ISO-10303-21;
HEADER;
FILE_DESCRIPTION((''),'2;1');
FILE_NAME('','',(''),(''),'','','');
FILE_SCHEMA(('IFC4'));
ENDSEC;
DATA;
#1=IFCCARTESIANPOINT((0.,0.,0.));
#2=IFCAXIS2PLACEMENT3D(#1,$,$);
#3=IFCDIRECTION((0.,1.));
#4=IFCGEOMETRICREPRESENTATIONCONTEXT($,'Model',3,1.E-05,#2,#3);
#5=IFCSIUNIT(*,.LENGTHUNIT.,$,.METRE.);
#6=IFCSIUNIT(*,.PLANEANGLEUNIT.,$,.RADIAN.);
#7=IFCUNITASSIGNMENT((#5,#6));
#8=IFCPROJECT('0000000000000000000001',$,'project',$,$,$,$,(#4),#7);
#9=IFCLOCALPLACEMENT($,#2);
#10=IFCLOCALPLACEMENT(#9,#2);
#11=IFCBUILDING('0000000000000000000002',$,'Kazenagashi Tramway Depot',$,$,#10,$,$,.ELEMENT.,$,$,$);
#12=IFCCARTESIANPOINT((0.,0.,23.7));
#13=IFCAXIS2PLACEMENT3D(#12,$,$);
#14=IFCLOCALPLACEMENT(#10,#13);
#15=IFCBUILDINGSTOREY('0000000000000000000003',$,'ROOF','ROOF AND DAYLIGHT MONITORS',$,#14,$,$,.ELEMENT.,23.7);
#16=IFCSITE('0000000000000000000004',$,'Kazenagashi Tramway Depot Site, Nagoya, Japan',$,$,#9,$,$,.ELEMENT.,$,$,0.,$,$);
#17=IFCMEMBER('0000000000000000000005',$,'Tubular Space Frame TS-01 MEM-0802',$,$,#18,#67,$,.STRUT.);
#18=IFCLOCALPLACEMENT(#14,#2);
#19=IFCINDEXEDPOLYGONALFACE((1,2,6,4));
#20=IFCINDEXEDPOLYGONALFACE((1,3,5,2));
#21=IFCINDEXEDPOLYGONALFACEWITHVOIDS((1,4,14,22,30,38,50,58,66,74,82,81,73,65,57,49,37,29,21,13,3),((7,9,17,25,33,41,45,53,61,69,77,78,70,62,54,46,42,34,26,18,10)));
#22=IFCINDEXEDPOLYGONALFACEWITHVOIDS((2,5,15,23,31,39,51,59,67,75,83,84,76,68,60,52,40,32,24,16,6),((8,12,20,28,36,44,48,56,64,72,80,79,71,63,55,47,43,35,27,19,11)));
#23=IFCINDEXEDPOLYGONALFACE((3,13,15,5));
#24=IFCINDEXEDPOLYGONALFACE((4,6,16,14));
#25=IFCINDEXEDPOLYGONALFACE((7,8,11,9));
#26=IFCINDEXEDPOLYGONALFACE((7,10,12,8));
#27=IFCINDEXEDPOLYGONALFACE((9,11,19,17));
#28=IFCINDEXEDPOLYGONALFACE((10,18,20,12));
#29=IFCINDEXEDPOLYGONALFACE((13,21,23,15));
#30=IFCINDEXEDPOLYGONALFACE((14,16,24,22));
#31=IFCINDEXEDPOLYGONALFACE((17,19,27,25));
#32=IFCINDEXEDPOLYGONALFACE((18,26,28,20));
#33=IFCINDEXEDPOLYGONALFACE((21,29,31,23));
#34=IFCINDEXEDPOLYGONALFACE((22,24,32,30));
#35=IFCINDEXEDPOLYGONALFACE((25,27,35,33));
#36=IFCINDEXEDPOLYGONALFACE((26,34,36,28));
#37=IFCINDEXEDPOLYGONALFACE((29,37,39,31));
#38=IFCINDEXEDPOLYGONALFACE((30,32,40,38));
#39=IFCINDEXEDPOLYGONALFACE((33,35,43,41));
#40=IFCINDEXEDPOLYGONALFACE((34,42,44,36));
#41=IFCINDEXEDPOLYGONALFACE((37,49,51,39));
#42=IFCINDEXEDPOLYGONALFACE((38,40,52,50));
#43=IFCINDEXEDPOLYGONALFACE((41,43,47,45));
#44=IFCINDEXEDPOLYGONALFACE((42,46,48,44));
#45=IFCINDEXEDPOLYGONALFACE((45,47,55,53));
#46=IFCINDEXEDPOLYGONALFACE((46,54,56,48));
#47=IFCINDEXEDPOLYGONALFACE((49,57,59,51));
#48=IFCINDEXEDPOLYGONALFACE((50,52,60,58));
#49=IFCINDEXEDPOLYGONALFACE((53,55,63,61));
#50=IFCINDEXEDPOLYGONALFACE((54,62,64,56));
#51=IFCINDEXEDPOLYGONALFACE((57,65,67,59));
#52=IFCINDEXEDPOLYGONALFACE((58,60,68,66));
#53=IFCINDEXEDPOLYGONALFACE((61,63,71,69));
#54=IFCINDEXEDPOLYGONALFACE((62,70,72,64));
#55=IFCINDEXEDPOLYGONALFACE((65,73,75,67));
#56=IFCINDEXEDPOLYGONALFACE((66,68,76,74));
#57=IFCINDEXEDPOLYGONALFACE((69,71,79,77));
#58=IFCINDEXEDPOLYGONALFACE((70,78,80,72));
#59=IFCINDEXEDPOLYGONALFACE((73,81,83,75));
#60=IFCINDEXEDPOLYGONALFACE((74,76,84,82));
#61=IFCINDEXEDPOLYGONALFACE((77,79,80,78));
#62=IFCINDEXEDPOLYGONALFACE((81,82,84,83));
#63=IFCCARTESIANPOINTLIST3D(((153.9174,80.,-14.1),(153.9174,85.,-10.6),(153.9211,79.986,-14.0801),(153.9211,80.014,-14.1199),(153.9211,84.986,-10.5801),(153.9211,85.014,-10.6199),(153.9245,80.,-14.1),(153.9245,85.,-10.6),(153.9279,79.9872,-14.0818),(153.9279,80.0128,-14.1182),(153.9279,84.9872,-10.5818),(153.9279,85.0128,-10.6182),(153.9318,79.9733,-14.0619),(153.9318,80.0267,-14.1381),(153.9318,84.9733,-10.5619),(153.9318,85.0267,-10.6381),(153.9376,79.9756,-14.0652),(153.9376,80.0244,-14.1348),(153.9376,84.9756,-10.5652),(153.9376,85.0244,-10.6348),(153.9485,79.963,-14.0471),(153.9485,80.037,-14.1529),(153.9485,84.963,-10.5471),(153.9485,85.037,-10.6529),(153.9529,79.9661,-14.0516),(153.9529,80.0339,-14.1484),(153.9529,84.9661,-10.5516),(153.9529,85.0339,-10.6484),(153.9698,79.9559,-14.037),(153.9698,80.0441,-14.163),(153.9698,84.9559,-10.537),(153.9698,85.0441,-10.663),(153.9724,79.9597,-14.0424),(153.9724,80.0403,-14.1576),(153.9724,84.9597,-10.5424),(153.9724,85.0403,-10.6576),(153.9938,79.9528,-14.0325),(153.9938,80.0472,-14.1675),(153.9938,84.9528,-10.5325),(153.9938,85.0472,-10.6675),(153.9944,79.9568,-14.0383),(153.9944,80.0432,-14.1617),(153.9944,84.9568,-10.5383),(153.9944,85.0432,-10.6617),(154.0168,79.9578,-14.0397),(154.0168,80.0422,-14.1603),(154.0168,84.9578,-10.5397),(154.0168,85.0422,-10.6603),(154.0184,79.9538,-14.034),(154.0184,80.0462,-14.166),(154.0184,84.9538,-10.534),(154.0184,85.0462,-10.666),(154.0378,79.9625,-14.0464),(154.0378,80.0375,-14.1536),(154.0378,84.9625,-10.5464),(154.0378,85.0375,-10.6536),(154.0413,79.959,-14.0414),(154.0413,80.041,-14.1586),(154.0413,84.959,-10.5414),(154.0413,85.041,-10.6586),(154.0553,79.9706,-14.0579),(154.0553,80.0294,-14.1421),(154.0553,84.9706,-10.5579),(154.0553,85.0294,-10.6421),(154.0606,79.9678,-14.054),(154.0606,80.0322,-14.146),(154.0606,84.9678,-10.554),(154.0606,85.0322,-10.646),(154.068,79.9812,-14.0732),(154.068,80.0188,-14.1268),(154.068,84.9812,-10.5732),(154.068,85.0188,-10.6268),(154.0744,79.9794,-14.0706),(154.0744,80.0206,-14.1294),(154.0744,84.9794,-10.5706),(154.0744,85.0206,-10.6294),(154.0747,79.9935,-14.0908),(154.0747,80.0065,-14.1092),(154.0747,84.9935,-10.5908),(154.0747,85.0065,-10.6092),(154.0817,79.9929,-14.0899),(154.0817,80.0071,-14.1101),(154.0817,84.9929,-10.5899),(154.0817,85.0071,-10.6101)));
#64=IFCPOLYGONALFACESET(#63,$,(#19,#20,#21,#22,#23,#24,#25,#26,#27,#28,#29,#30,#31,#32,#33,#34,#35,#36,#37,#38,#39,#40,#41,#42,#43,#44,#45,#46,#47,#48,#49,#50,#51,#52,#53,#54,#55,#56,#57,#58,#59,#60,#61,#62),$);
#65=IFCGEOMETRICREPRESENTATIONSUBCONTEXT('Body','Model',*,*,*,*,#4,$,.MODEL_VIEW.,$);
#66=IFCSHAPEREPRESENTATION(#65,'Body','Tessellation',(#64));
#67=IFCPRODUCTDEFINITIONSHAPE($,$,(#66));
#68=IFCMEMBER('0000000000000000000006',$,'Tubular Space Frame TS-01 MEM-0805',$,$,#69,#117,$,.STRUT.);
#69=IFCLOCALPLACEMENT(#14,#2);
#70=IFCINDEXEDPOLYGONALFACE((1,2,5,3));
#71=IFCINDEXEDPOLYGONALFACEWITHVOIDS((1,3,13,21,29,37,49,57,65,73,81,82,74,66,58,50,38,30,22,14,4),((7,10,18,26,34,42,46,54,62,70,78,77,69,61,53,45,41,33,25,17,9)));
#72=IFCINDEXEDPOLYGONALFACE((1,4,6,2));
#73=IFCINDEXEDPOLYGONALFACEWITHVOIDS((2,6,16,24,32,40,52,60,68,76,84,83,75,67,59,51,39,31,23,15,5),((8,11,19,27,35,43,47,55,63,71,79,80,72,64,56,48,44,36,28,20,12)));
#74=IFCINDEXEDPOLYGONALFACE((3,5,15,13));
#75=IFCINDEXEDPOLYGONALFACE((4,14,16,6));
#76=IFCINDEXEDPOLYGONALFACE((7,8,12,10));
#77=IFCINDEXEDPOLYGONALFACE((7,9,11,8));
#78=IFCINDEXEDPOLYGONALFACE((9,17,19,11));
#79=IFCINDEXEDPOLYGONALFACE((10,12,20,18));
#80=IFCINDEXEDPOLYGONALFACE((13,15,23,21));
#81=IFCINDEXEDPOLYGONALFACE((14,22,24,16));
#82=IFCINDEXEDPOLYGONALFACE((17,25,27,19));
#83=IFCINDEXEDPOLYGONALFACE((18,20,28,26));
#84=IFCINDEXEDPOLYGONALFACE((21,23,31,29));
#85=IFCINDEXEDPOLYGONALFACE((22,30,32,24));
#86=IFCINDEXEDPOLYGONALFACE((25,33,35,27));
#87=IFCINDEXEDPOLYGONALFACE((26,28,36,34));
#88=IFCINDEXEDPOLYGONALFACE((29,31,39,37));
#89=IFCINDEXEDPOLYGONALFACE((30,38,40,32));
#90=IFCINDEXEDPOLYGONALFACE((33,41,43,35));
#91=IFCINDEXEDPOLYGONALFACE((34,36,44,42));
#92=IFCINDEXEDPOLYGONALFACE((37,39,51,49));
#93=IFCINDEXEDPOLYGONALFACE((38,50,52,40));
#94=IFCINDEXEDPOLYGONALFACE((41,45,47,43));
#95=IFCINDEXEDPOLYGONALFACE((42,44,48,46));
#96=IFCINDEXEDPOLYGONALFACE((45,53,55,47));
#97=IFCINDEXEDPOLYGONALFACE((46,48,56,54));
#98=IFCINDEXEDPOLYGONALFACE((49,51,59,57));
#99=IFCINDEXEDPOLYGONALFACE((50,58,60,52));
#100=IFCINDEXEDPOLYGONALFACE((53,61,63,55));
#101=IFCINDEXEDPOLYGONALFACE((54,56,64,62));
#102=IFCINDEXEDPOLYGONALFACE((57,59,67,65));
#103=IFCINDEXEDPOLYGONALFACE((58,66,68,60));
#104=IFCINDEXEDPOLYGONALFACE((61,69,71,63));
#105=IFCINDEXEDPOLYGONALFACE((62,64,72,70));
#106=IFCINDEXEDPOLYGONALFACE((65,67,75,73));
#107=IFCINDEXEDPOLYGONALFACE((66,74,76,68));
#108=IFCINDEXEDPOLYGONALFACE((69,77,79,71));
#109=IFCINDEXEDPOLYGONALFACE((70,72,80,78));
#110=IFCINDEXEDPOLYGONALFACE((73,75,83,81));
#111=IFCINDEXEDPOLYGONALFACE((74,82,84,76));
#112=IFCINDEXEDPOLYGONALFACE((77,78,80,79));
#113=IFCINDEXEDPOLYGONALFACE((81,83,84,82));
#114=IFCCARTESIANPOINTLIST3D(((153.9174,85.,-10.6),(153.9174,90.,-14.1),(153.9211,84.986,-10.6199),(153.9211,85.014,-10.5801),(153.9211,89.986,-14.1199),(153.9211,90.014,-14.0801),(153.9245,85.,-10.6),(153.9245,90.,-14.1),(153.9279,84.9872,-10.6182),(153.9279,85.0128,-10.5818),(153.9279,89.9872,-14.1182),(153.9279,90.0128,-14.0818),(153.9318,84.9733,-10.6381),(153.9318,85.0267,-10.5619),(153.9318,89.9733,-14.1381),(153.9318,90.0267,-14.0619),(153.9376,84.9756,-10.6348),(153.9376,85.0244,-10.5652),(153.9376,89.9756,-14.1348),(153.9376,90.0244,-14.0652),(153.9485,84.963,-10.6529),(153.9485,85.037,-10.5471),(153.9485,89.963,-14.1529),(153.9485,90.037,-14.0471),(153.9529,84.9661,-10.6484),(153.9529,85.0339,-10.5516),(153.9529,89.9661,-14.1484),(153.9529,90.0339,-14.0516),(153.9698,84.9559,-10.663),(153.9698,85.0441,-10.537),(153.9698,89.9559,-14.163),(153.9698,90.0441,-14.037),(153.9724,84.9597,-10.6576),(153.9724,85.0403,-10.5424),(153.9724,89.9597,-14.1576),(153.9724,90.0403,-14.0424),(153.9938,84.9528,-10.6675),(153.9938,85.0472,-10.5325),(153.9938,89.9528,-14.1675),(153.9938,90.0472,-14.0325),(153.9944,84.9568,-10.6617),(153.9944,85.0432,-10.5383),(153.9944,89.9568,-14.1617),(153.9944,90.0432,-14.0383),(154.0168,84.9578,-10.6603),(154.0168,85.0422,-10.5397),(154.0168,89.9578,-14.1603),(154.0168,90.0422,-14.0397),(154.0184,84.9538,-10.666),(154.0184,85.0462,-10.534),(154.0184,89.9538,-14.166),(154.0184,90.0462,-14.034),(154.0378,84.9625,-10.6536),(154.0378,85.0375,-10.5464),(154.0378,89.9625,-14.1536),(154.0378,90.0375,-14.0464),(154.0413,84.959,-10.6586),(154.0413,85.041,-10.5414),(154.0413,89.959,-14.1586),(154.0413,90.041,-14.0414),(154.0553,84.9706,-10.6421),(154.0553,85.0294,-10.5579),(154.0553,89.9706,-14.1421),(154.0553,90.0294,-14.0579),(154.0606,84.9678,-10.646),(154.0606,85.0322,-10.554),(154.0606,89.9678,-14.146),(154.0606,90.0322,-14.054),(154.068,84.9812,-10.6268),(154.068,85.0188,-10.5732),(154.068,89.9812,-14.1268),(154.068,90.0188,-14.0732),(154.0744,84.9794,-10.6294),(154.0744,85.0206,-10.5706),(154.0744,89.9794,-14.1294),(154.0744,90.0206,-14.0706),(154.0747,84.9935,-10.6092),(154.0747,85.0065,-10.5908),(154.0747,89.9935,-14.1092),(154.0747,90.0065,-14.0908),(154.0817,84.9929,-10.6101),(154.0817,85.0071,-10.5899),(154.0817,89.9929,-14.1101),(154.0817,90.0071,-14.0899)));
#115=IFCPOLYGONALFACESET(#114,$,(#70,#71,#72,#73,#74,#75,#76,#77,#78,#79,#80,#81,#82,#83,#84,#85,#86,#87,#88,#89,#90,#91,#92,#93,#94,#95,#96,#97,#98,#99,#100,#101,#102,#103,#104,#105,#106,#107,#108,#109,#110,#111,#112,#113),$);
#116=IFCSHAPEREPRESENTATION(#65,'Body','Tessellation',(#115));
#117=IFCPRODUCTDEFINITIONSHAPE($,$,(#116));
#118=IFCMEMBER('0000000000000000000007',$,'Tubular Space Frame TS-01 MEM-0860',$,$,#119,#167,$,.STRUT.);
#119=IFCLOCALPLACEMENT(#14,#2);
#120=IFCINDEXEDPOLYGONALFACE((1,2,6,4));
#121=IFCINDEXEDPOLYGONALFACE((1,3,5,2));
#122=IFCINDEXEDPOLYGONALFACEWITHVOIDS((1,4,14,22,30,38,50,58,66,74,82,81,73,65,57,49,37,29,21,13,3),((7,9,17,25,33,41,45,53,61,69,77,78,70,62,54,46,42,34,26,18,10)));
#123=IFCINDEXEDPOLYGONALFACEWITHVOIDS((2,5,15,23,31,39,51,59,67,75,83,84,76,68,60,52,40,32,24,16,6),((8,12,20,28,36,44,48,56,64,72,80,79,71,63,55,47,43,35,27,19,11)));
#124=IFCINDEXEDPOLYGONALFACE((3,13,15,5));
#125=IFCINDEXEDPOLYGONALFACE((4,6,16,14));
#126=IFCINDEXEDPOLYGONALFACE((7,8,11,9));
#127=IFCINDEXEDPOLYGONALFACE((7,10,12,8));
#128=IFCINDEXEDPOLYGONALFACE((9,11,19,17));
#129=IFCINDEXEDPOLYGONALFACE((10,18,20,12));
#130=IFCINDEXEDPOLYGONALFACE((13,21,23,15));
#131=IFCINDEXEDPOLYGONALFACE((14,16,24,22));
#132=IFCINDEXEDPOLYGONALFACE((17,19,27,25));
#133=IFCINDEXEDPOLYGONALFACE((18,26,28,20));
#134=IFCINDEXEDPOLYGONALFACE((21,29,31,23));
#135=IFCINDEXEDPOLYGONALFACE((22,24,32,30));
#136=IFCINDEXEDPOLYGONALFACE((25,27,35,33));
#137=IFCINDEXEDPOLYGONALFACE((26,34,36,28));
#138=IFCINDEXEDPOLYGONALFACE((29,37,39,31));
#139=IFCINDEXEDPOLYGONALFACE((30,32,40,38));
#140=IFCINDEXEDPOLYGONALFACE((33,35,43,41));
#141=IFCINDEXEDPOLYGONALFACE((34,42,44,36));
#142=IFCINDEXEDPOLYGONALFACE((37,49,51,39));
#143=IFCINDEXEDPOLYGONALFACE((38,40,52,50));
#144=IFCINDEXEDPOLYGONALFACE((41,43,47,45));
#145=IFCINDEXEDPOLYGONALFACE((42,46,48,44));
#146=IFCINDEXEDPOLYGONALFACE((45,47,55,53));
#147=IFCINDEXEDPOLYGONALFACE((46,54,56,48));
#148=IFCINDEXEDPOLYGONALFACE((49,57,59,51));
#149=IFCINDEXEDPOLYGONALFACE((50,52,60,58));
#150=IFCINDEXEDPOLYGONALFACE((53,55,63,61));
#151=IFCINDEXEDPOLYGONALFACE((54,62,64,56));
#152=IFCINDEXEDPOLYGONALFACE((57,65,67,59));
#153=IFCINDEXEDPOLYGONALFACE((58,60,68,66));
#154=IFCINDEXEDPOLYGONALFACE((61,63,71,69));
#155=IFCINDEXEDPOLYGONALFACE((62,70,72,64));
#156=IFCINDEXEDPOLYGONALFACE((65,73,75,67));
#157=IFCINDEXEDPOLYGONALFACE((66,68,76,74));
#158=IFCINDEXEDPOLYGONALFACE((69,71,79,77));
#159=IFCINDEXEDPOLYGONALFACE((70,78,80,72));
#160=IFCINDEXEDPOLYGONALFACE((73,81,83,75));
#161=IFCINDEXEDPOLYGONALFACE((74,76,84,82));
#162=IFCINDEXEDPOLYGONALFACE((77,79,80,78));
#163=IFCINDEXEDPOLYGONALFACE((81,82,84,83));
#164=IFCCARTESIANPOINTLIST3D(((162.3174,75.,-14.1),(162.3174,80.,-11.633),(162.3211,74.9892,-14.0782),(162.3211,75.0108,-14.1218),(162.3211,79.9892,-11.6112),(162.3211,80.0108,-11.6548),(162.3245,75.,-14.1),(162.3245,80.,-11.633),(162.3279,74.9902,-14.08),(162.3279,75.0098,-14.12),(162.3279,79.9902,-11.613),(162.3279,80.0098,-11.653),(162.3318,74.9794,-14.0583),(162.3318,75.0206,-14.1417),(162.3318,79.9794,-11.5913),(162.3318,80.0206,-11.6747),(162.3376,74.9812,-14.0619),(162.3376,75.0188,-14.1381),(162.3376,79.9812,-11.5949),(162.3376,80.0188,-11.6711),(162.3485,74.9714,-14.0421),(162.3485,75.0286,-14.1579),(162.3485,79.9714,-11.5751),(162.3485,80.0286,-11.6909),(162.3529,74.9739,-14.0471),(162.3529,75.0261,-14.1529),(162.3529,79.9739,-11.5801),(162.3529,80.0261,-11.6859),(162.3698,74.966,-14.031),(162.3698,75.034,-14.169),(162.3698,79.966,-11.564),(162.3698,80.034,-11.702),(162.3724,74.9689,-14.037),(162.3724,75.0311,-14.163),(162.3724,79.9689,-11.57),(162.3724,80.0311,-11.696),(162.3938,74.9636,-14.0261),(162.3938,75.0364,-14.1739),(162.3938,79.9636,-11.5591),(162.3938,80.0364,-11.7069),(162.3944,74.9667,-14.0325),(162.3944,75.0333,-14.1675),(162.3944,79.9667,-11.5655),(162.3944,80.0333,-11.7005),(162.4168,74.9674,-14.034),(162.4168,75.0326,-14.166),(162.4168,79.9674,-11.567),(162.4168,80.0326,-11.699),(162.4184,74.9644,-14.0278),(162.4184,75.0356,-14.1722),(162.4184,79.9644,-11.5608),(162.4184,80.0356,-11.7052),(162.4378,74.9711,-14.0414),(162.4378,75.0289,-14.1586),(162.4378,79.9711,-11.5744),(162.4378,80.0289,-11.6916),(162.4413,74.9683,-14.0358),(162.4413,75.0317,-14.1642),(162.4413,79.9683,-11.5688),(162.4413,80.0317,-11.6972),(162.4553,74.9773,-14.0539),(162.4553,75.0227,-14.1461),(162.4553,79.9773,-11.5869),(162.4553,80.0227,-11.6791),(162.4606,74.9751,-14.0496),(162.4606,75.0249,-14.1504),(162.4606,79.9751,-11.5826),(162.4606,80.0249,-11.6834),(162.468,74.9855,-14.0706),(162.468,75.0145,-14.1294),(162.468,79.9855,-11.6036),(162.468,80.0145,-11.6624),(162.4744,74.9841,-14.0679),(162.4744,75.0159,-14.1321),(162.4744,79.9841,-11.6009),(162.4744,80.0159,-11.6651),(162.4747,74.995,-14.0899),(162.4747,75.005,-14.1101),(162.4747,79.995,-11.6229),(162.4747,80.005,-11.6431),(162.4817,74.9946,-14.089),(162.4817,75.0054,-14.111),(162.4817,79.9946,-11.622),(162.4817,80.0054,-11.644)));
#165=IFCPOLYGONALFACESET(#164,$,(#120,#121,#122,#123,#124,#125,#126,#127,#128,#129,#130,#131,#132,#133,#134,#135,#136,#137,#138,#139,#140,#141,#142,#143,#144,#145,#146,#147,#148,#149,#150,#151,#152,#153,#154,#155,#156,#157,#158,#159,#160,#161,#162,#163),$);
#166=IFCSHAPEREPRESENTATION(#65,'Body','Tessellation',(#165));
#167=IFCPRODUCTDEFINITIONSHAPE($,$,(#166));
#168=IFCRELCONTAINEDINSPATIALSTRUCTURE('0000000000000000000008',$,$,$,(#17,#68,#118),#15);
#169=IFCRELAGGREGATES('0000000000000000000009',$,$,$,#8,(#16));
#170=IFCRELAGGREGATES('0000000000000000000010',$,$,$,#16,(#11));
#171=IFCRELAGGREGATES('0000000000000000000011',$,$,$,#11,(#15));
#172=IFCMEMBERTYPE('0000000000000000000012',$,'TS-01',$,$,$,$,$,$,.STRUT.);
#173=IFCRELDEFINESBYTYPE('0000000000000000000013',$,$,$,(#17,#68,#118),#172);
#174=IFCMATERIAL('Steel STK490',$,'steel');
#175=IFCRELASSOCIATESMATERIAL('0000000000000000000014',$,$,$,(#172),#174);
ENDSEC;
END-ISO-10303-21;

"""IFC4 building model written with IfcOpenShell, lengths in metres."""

from ifc_helpers import new_model, si_unit, direction, frame, origin, origin_2d, place, context, subcontext, project, spatial, hollow_circle, extrude, material, material_profile, profile_set, type_object, element, save


model = new_model("IFC4")

# Units and contexts
model_context = context("Model", 3, precision=1e-05, world=origin(), true_north=direction((0.0, 1.0)))
body_context = subcontext(model_context, "Body", "Model", "MODEL_VIEW")
ifc_project = project(units=[si_unit("LENGTHUNIT", "METRE"), si_unit("PLANEANGLEUNIT", "RADIAN")], contexts=[model_context])

# Site, building, storey
site_placement = place(None, origin())
site = spatial("IfcSite", under=ifc_project, at=site_placement, Name="Kazenagashi Tramway Depot Site, Nagoya, Japan", CompositionType="ELEMENT", RefElevation=0.0)
building_placement = place(site_placement, origin())
building = spatial("IfcBuilding", under=site, at=building_placement, Name="Kazenagashi Tramway Depot", CompositionType="ELEMENT")
storey_placement = place(building_placement, frame((0.0, 0.0, 23.7)))
storey = spatial("IfcBuildingStorey", under=building, at=storey_placement, Name="ROOF", Description="ROOF AND DAYLIGHT MONITORS", CompositionType="ELEMENT", Elevation=23.7)

# Members
ifc_material_1 = material(Name="Steel STK490", Category="steel")
ifc_material_profile_1 = material_profile(ifc_material_1, hollow_circle(Radius=0.0826, WallThickness=0.0071, at=origin_2d()), Name="CHS-165.2x7.1")
ifc_profile_set_1 = profile_set([ifc_material_profile_1], Name="Steel STK490")
member_type_1 = type_object("IfcMemberType", Name="TS-01", PredefinedType="STRUT", material=ifc_profile_set_1)
for number, where, z_axis, x_axis, name in (
    (1, (154.0, 80.0, -14.1), (0.0, 0.819232, 0.573462), (-1.0, 0.0, 0.0), "Tubular Space Frame TS-01 MEM-0802"),
    (2, (154.0, 85.0, -10.6), (0.0, 0.819232, -0.573462), (-1.0, 0.0, 0.0), "Tubular Space Frame TS-01 MEM-0805"),
):
    element("IfcMember", number, at=place(storey_placement, frame(where, z_axis=z_axis, x_axis=x_axis)), inside=storey, type_object=member_type_1, Name=name, PredefinedType="STRUT", context=body_context, shape_type="SweptSolid", body=[
        extrude(hollow_circle(Radius=0.0826, WallThickness=0.0071, at=origin_2d()), origin(), (0.0, 0.0, 1.0), 6.1033),
    ])
member_1_placement = place(storey_placement, frame((162.4, 75.0, -14.1), z_axis=(0.0, 0.896782, 0.442472), x_axis=(-1.0, 0.0, 0.0)))
element("IfcMember", 3, at=member_1_placement, inside=storey, type_object=member_type_1, Name="Tubular Space Frame TS-01 MEM-0860", PredefinedType="STRUT", context=body_context, shape_type="SweptSolid", body=[
    extrude(hollow_circle(Radius=0.0826, WallThickness=0.0071, at=origin_2d()), origin(), (0.0, 0.0, 1.0), 5.5755),
])

save(model, "model.ifc")
